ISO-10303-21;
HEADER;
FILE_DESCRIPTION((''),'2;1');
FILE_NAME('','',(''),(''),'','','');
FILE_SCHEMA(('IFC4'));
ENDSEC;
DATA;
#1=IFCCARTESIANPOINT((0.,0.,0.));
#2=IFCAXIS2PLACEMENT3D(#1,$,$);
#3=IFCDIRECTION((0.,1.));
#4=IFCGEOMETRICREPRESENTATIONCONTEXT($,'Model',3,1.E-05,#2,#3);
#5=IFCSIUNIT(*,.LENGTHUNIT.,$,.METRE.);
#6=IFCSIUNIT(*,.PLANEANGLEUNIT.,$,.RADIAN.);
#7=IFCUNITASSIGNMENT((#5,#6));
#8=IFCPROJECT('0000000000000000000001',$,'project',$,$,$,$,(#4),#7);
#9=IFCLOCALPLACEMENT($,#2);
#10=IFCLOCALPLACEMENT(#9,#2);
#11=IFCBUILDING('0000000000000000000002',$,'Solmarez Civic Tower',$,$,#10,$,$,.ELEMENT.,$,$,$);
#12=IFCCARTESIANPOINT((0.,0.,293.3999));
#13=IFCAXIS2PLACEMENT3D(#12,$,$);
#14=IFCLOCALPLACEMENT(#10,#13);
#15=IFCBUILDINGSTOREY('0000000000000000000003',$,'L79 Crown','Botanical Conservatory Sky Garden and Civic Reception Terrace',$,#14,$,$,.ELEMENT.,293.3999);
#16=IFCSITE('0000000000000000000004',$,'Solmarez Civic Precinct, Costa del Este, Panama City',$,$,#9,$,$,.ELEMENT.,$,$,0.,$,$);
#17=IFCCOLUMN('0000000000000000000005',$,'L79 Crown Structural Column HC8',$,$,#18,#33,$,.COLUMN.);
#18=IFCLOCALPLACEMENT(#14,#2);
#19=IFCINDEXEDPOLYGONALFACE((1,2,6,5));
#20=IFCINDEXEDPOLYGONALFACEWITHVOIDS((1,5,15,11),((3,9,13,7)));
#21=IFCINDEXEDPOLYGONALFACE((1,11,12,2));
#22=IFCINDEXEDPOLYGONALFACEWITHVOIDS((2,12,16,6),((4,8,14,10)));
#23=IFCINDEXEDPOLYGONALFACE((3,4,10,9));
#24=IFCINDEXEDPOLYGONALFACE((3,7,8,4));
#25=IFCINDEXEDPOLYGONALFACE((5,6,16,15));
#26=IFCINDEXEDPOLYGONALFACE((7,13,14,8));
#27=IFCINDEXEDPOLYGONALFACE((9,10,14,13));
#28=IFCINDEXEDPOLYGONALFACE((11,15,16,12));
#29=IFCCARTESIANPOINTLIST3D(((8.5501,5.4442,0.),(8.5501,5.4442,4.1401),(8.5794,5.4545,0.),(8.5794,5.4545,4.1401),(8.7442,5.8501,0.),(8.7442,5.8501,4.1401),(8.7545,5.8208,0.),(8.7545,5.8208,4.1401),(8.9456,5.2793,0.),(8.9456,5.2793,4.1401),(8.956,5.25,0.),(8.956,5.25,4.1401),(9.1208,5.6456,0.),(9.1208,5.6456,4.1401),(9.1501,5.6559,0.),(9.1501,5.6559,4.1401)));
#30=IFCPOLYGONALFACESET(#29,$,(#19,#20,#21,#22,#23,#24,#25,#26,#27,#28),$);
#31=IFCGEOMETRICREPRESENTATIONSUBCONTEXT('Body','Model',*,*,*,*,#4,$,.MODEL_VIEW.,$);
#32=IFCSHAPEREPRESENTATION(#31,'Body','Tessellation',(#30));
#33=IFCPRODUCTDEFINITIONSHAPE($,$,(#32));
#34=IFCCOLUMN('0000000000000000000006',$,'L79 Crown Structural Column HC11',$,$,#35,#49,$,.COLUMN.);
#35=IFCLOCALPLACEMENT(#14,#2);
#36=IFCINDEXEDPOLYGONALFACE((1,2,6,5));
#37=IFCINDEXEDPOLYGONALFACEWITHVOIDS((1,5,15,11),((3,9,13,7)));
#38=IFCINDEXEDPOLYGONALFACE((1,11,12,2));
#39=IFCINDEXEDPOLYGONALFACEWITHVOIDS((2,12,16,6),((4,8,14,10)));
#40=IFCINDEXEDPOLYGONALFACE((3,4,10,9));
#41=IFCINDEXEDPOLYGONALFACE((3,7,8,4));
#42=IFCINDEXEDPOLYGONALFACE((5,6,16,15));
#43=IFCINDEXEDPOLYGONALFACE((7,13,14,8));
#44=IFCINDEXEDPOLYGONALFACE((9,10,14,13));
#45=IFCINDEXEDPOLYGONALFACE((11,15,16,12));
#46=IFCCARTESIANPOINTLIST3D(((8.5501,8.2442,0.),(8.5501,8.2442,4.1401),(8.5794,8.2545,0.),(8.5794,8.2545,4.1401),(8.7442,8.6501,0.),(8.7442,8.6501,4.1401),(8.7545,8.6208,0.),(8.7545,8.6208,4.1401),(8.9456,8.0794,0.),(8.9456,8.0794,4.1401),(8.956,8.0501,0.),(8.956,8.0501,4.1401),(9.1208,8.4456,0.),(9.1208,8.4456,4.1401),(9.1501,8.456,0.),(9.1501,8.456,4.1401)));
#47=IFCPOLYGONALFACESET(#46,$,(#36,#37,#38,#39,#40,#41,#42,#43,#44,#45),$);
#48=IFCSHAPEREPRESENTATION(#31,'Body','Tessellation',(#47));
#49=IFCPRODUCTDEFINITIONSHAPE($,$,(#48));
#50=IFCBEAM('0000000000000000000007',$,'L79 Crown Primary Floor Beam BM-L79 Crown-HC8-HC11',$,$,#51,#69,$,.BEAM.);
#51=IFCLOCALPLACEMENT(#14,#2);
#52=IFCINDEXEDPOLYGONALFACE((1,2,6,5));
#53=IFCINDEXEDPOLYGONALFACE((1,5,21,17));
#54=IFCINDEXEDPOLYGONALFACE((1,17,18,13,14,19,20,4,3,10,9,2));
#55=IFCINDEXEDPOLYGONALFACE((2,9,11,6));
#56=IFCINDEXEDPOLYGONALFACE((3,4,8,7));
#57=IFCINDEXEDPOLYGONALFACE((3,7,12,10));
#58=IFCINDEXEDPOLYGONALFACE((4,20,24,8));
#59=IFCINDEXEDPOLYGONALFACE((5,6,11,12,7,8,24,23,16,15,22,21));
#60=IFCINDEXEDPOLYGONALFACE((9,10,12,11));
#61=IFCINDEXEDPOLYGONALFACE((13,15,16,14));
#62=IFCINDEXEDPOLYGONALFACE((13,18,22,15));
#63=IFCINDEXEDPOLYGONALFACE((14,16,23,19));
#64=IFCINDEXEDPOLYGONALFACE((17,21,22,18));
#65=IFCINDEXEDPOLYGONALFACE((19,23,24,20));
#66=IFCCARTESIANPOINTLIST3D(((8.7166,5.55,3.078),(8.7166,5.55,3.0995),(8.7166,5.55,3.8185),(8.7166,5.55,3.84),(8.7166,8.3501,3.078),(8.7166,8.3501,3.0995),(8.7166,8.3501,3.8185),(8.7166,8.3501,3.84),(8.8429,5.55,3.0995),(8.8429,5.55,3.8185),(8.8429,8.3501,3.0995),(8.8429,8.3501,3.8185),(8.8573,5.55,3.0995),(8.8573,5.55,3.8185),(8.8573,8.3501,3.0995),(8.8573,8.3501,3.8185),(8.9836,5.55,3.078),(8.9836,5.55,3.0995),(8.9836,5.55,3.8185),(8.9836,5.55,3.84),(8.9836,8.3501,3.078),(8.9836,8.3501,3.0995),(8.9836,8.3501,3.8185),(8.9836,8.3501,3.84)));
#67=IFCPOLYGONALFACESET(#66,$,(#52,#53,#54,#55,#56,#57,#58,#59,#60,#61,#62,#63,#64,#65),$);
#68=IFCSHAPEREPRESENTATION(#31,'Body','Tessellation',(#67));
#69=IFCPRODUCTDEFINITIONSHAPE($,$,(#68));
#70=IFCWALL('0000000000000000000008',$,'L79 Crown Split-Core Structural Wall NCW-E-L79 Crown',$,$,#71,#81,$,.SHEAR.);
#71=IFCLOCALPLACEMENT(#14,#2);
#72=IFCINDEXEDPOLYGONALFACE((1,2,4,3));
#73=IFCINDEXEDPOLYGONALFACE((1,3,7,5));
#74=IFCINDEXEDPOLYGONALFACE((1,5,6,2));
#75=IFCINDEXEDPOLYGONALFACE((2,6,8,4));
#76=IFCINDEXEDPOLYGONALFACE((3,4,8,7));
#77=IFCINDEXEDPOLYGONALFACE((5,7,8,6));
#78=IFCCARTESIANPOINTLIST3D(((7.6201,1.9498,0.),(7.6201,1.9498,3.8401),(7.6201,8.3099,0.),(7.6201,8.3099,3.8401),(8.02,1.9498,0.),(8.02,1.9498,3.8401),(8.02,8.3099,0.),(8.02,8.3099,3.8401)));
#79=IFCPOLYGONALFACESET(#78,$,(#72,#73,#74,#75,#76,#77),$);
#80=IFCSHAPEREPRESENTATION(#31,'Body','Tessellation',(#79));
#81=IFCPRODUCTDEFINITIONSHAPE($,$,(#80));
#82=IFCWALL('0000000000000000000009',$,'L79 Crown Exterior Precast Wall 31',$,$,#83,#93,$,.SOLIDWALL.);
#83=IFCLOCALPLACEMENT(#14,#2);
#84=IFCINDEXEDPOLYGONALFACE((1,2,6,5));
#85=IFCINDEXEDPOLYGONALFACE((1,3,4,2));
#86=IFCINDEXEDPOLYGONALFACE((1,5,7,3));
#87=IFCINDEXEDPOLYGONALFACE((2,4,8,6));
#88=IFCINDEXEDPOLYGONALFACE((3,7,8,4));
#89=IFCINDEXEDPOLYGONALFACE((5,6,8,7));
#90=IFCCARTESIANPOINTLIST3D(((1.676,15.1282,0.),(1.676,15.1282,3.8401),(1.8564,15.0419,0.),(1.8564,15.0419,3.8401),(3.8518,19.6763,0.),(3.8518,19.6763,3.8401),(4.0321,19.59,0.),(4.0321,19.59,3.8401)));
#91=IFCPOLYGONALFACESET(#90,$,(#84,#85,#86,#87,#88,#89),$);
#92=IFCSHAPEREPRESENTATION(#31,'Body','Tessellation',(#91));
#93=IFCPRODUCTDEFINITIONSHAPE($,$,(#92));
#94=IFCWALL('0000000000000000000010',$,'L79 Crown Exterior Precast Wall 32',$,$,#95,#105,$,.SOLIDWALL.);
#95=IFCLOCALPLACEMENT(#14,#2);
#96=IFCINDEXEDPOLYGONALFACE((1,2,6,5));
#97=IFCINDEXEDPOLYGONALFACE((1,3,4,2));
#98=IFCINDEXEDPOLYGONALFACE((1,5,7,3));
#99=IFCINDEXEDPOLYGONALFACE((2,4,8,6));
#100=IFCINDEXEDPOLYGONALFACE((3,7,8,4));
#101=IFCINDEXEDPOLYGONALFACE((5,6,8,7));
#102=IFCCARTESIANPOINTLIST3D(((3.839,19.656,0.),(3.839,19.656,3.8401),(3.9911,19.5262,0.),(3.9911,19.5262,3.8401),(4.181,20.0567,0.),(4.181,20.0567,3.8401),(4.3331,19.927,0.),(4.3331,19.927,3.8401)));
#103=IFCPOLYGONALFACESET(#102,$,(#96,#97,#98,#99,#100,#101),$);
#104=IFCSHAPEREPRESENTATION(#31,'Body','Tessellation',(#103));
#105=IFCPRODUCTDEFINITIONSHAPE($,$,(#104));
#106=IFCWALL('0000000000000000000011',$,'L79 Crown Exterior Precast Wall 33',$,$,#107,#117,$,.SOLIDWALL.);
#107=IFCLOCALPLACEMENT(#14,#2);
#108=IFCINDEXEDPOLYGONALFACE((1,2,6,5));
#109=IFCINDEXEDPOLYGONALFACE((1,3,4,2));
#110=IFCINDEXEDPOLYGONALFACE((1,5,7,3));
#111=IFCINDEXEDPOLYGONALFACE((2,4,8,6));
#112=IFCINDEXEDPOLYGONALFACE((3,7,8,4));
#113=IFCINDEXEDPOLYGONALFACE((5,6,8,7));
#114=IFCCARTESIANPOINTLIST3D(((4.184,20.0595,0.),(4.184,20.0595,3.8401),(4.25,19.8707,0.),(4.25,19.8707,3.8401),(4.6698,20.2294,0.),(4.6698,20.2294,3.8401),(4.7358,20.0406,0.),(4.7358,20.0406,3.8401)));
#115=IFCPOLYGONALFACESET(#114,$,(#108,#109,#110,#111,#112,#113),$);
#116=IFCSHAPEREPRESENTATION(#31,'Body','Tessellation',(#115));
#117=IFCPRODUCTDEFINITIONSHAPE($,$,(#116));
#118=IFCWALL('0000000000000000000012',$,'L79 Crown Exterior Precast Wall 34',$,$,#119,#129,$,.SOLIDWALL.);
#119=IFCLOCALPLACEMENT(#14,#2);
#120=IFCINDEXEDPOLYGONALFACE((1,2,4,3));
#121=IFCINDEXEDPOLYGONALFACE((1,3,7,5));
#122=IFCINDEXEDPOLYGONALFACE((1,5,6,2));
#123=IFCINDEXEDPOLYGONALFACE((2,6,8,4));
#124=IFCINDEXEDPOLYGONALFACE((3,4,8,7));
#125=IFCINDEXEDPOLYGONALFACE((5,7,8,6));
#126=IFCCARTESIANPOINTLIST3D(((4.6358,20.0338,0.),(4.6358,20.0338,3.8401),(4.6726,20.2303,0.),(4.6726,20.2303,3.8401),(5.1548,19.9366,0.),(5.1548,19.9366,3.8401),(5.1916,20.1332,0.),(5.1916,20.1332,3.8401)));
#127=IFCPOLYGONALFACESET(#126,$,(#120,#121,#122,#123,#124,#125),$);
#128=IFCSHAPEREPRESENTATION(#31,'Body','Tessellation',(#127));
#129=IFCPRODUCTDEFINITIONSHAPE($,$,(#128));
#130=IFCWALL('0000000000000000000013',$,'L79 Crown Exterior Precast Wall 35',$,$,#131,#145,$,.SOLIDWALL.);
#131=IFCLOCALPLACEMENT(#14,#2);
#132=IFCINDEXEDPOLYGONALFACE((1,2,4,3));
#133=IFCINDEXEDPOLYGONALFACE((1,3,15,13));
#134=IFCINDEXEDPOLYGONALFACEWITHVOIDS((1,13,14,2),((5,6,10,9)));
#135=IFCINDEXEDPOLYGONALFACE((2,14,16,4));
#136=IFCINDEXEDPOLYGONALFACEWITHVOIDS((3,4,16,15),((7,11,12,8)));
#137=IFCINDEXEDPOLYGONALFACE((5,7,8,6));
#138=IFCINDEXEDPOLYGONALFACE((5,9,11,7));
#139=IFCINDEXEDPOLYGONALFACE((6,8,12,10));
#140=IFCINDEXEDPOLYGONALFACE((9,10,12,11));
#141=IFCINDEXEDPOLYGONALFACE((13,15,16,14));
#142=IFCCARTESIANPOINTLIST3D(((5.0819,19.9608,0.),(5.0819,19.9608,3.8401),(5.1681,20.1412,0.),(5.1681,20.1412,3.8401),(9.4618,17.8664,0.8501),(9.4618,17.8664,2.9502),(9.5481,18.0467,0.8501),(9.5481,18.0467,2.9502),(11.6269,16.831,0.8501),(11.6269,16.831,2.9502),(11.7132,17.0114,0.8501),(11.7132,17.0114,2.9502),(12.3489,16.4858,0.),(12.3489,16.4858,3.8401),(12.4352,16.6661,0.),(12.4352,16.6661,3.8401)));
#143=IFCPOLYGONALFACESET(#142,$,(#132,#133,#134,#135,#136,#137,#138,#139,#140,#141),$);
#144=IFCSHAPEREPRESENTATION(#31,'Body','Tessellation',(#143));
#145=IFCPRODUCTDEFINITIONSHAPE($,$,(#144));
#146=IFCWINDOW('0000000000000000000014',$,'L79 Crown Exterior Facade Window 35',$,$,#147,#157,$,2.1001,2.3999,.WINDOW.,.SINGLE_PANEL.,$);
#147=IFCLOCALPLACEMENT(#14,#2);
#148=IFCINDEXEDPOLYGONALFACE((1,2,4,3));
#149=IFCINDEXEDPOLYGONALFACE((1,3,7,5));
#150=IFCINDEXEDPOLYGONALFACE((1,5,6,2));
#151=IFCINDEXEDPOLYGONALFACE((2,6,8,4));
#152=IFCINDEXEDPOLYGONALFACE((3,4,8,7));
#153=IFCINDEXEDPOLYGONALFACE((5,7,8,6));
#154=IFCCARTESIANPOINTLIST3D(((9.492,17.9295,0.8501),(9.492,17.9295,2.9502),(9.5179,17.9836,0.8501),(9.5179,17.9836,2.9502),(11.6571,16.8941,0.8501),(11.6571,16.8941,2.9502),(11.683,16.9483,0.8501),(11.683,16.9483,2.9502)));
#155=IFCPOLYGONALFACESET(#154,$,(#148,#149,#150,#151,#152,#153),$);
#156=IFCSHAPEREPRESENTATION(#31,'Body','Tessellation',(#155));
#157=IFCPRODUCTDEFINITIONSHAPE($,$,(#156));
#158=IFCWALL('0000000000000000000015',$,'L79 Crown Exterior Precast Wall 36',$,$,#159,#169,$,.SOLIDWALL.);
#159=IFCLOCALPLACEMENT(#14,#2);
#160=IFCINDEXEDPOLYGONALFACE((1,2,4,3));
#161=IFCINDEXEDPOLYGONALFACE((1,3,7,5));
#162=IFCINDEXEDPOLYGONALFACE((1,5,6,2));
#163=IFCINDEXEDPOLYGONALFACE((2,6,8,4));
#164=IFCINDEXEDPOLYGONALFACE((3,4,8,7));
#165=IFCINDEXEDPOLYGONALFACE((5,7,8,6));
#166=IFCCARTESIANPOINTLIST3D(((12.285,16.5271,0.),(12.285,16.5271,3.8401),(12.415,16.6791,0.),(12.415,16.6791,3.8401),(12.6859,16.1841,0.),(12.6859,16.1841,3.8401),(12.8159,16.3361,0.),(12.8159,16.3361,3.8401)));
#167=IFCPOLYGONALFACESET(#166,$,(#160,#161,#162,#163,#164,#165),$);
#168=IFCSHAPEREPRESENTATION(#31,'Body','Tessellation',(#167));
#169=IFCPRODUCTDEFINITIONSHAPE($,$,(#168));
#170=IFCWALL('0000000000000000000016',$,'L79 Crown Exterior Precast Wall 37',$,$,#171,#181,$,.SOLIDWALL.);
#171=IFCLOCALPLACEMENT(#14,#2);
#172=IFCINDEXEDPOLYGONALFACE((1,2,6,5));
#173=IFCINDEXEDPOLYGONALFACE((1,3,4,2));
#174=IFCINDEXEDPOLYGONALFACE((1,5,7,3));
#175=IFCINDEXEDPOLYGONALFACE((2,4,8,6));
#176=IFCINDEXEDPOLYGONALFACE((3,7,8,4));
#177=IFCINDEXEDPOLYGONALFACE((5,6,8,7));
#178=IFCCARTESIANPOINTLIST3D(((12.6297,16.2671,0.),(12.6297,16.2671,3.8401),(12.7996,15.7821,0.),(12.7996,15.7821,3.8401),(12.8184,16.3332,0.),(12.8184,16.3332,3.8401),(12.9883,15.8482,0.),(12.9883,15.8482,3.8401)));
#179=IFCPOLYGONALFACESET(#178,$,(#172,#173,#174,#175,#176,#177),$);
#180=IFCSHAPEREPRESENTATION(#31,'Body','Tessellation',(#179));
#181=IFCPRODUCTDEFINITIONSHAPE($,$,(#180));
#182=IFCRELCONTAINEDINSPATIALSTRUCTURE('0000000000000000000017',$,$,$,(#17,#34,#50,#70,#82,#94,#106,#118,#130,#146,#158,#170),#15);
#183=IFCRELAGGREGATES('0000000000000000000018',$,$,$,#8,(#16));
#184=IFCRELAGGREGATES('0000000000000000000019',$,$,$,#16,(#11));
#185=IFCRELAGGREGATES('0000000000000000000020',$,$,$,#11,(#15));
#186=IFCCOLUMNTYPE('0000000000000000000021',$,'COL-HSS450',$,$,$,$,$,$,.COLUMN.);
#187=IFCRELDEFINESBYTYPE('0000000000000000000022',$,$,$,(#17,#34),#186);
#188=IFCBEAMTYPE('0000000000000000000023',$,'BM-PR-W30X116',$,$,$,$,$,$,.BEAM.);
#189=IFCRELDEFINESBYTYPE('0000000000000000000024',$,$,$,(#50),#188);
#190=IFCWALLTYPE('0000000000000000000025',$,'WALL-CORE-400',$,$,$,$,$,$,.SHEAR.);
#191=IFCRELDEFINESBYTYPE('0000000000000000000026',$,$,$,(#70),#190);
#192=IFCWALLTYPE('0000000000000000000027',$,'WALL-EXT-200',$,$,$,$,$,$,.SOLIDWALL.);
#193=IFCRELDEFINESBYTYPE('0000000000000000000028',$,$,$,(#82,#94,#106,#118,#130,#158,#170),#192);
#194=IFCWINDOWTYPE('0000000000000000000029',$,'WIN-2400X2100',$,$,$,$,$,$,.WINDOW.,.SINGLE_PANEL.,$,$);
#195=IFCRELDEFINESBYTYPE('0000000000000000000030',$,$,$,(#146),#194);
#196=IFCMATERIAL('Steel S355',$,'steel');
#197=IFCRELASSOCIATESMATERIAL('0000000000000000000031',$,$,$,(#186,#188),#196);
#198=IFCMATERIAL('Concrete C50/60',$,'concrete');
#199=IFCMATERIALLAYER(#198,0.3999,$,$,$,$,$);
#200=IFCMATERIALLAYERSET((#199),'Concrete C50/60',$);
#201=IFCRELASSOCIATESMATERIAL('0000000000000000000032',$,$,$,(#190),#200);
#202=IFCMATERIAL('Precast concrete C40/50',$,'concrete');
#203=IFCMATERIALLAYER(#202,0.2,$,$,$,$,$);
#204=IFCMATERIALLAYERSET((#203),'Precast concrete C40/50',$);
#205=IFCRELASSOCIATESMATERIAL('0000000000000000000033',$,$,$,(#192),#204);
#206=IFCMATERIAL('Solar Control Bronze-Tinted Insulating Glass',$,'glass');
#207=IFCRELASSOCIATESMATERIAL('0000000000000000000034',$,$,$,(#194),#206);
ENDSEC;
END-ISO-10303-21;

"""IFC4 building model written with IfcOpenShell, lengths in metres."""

from ifc_helpers import new_model, si_unit, direction, frame, frame_2d, origin, origin_2d, place, context, subcontext, project, spatial, rectangle, hollow_rectangle, i_section, extrude, material, layer, layer_set, material_profile, profile_set, type_object, element, fill, save


model = new_model("IFC4")

# Units and contexts
model_context = context("Model", 3, precision=1e-05, world=origin(), true_north=direction((0.0, 1.0)))
body_context = subcontext(model_context, "Body", "Model", "MODEL_VIEW")
ifc_project = project(units=[si_unit("LENGTHUNIT", "METRE"), si_unit("PLANEANGLEUNIT", "RADIAN")], contexts=[model_context])

# Site, building, storey
site_placement = place(None, origin())
site = spatial("IfcSite", under=ifc_project, at=site_placement, Name="Solmarez Civic Precinct, Costa del Este, Panama City", CompositionType="ELEMENT", RefElevation=0.0)
building_placement = place(site_placement, origin())
building = spatial("IfcBuilding", under=site, at=building_placement, Name="Solmarez Civic Tower", CompositionType="ELEMENT")
storey_placement = place(building_placement, frame((0.0, 0.0, 293.3999)))
storey = spatial("IfcBuildingStorey", under=building, at=storey_placement, Name="L79 Crown", Description="Botanical Conservatory Sky Garden and Civic Reception Terrace", CompositionType="ELEMENT", Elevation=293.3999)

# Columns
ifc_material_1 = material(Name="Steel S355", Category="steel")
ifc_material_profile_1 = material_profile(ifc_material_1, hollow_rectangle(XDim=0.45, YDim=0.45, WallThickness=0.022, at=origin_2d()), Name="HSS450X450X22")
ifc_profile_set_1 = profile_set([ifc_material_profile_1], Name="Steel S355")
column_type = type_object("IfcColumnType", Name="COL-HSS450", PredefinedType="COLUMN", material=ifc_profile_set_1)
for number, where, z_axis, x_axis, name in (
    (1, (8.8501, 5.55, 0.0), (0.0, 0.0, 1.0), (0.431456, 0.902134, 0.0), "L79 Crown Structural Column HC8"),
    (2, (8.8501, 8.3501, 0.0), (0.0, 0.0, 1.0), (0.431456, 0.902134, 0.0), "L79 Crown Structural Column HC11"),
):
    element("IfcColumn", number, at=place(storey_placement, frame(where, z_axis=z_axis, x_axis=x_axis)), inside=storey, type_object=column_type, Name=name, PredefinedType="COLUMN", context=body_context, shape_type="SweptSolid", body=[
        extrude(hollow_rectangle(XDim=0.45, YDim=0.45, WallThickness=0.022, at=origin_2d()), origin(), (0.0, 0.0, 1.0), 4.1401),
    ])

# Beam
ifc_material_profile_2 = material_profile(ifc_material_1, i_section(OverallWidth=0.2671, OverallDepth=0.762, WebThickness=0.0144, FlangeThickness=0.0215, at=origin_2d()), Name="W30X116")
ifc_profile_set_2 = profile_set([ifc_material_profile_2], Name="Steel S355")
beam_type = type_object("IfcBeamType", Name="BM-PR-W30X116", PredefinedType="BEAM", material=ifc_profile_set_2)
beam_placement = place(storey_placement, frame((8.8501, 5.55, 3.459), z_axis=(0.0, 1.0, 0.0), x_axis=(-1.0, 0.0, 0.0)))
element("IfcBeam", 3, at=beam_placement, inside=storey, type_object=beam_type, Name="L79 Crown Primary Floor Beam BM-L79 Crown-HC8-HC11", PredefinedType="BEAM", context=body_context, shape_type="SweptSolid", body=[
    extrude(i_section(OverallWidth=0.2671, OverallDepth=0.762, WebThickness=0.0144, FlangeThickness=0.0215, at=origin_2d()), origin(), (0.0, 0.0, 1.0), 2.8),
])

# Walls
ifc_material_2 = material(Name="Concrete C50/60", Category="concrete")
ifc_layer_1 = layer(ifc_material_2, 0.3999)
ifc_layer_set_1 = layer_set([ifc_layer_1], Name="Concrete C50/60")
wall_type_1 = type_object("IfcWallType", Name="WALL-CORE-400", PredefinedType="SHEAR", material=ifc_layer_set_1)
wall_1_placement = place(storey_placement, frame((7.8201, 8.3101, 0.0), z_axis=(0.0, 0.0, 1.0), x_axis=(0.0, -1.0, 0.0)))
element("IfcWall", 4, at=wall_1_placement, inside=storey, type_object=wall_type_1, Name="L79 Crown Split-Core Structural Wall NCW-E-L79 Crown", PredefinedType="SHEAR", context=body_context, shape_type="SweptSolid", body=[
    extrude(rectangle(XDim=6.3601, YDim=0.3999, at=frame_2d((3.1802, 0.0))), origin(), (0.0, 0.0, 1.0), 3.8401),
])
ifc_material_3 = material(Name="Precast concrete C40/50", Category="concrete")
ifc_layer_2 = layer(ifc_material_3, 0.2)
ifc_layer_set_2 = layer_set([ifc_layer_2], Name="Precast concrete C40/50")
wall_type_2 = type_object("IfcWallType", Name="WALL-EXT-200", PredefinedType="SOLIDWALL", material=ifc_layer_set_2)
wall_2_placement = place(storey_placement, frame((1.7661, 15.085, 0.0), z_axis=(0.0, 0.0, 1.0), x_axis=(0.431553, 0.902088, 0.0)))
element("IfcWall", 5, at=wall_2_placement, inside=storey, type_object=wall_type_2, Name="L79 Crown Exterior Precast Wall 31", PredefinedType="SOLIDWALL", context=body_context, shape_type="SweptSolid", body=[
    extrude(rectangle(XDim=5.0417, YDim=0.2, at=frame_2d((2.521, 0.0))), origin(), (0.0, 0.0, 1.0), 3.8401),
])
wall_3_placement = place(storey_placement, frame((3.915, 19.5911, 0.0), z_axis=(0.0, 0.0, 1.0), x_axis=(0.649073, 0.760726, 0.0)))
element("IfcWall", 6, at=wall_3_placement, inside=storey, type_object=wall_type_2, Name="L79 Crown Exterior Precast Wall 32", PredefinedType="SOLIDWALL", context=body_context, shape_type="SweptSolid", body=[
    extrude(rectangle(XDim=0.5269, YDim=0.2, at=frame_2d((0.2634, 0.0))), origin(), (0.0, 0.0, 1.0), 3.8401),
])
wall_4_placement = place(storey_placement, frame((4.217, 19.9651, 0.0), z_axis=(0.0, 0.0, 1.0), x_axis=(0.943932, 0.330139, 0.0)))
element("IfcWall", 7, at=wall_4_placement, inside=storey, type_object=wall_type_2, Name="L79 Crown Exterior Precast Wall 33", PredefinedType="SOLIDWALL", context=body_context, shape_type="SweptSolid", body=[
    extrude(rectangle(XDim=0.5146, YDim=0.2, at=frame_2d((0.2573, 0.0))), origin(), (0.0, 0.0, 1.0), 3.8401),
])
wall_5_placement = place(storey_placement, frame((4.6541, 20.1321, 0.0), z_axis=(0.0, 0.0, 1.0), x_axis=(0.982924, -0.184009, 0.0)))
element("IfcWall", 8, at=wall_5_placement, inside=storey, type_object=wall_type_2, Name="L79 Crown Exterior Precast Wall 34", PredefinedType="SOLIDWALL", context=body_context, shape_type="SweptSolid", body=[
    extrude(rectangle(XDim=0.5281, YDim=0.2, at=frame_2d((0.2642, 0.0))), origin(), (0.0, 0.0, 1.0), 3.8401),
])

# Wall, opening, window
wall_6_placement = place(storey_placement, frame((5.125, 20.051, 0.0), z_axis=(0.0, 0.0, 1.0), x_axis=(0.902157, -0.431408, 0.0)))
wall_6 = element("IfcWall", 9, at=wall_6_placement, inside=storey, type_object=wall_type_2, Name="L79 Crown Exterior Precast Wall 35", PredefinedType="SOLIDWALL", context=body_context, shape_type="SweptSolid", body=[
    extrude(rectangle(XDim=8.0552, YDim=0.2, at=frame_2d((4.0276, 0.0))), origin(), (0.0, 0.0, 1.0), 3.8401),
])
opening_1_placement = place(wall_6_placement, frame((4.855, 0.0, 0.8501)))
opening_1 = element("IfcOpeningElement", 10, at=opening_1_placement, cuts=wall_6, PredefinedType="OPENING", context=body_context, shape_type="SweptSolid", body=[
    extrude(rectangle(XDim=2.3999, YDim=2.1001, at=frame_2d((1.2, 1.05))), frame((0.0, 0.1099, 0.0), z_axis=(0.0, -1.0, 0.0), x_axis=(1.0, 0.0, 0.0)), (0.0, 0.0, 1.0), 0.22),
])
ifc_material_4 = material(Name="Solar Control Bronze-Tinted Insulating Glass", Category="glass")
window_type_1 = type_object("IfcWindowType", Name="WIN-2400X2100", PartitioningType="SINGLE_PANEL", PredefinedType="WINDOW", material=ifc_material_4)
window_1_placement = place(opening_1_placement, origin())
window_1 = element("IfcWindow", 11, at=window_1_placement, inside=storey, type_object=window_type_1, Name="L79 Crown Exterior Facade Window 35", OverallHeight=2.1001, OverallWidth=2.3999, PartitioningType="SINGLE_PANEL", PredefinedType="WINDOW", context=body_context, shape_type="SweptSolid", body=[
    extrude(rectangle(XDim=2.3999, YDim=2.1001, at=frame_2d((1.2, 1.05))), frame((0.0, 0.03, 0.0), z_axis=(0.0, -1.0, 0.0), x_axis=(1.0, 0.0, 0.0)), (0.0, 0.0, 1.0), 0.0601),
])
fill(opening_1, window_1)

# Walls
wall_7_placement = place(storey_placement, frame((12.3501, 16.603, 0.0), z_axis=(0.0, 0.0, 1.0), x_axis=(0.759812, -0.650143, 0.0)))
element("IfcWall", 12, at=wall_7_placement, inside=storey, type_object=wall_type_2, Name="L79 Crown Exterior Precast Wall 36", PredefinedType="SOLIDWALL", context=body_context, shape_type="SweptSolid", body=[
    extrude(rectangle(XDim=0.5276, YDim=0.2, at=frame_2d((0.2637, 0.0))), origin(), (0.0, 0.0, 1.0), 3.8401),
])
wall_8_placement = place(storey_placement, frame((12.7241, 16.3, 0.0), z_axis=(0.0, 0.0, 1.0), x_axis=(0.330583, -0.943777, 0.0)))
element("IfcWall", 13, at=wall_8_placement, inside=storey, type_object=wall_type_2, Name="L79 Crown Exterior Precast Wall 37", PredefinedType="SOLIDWALL", context=body_context, shape_type="SweptSolid", body=[
    extrude(rectangle(XDim=0.5139, YDim=0.2, at=frame_2d((0.2568, 0.0))), origin(), (0.0, 0.0, 1.0), 3.8401),
])

save(model, "model.ifc")
